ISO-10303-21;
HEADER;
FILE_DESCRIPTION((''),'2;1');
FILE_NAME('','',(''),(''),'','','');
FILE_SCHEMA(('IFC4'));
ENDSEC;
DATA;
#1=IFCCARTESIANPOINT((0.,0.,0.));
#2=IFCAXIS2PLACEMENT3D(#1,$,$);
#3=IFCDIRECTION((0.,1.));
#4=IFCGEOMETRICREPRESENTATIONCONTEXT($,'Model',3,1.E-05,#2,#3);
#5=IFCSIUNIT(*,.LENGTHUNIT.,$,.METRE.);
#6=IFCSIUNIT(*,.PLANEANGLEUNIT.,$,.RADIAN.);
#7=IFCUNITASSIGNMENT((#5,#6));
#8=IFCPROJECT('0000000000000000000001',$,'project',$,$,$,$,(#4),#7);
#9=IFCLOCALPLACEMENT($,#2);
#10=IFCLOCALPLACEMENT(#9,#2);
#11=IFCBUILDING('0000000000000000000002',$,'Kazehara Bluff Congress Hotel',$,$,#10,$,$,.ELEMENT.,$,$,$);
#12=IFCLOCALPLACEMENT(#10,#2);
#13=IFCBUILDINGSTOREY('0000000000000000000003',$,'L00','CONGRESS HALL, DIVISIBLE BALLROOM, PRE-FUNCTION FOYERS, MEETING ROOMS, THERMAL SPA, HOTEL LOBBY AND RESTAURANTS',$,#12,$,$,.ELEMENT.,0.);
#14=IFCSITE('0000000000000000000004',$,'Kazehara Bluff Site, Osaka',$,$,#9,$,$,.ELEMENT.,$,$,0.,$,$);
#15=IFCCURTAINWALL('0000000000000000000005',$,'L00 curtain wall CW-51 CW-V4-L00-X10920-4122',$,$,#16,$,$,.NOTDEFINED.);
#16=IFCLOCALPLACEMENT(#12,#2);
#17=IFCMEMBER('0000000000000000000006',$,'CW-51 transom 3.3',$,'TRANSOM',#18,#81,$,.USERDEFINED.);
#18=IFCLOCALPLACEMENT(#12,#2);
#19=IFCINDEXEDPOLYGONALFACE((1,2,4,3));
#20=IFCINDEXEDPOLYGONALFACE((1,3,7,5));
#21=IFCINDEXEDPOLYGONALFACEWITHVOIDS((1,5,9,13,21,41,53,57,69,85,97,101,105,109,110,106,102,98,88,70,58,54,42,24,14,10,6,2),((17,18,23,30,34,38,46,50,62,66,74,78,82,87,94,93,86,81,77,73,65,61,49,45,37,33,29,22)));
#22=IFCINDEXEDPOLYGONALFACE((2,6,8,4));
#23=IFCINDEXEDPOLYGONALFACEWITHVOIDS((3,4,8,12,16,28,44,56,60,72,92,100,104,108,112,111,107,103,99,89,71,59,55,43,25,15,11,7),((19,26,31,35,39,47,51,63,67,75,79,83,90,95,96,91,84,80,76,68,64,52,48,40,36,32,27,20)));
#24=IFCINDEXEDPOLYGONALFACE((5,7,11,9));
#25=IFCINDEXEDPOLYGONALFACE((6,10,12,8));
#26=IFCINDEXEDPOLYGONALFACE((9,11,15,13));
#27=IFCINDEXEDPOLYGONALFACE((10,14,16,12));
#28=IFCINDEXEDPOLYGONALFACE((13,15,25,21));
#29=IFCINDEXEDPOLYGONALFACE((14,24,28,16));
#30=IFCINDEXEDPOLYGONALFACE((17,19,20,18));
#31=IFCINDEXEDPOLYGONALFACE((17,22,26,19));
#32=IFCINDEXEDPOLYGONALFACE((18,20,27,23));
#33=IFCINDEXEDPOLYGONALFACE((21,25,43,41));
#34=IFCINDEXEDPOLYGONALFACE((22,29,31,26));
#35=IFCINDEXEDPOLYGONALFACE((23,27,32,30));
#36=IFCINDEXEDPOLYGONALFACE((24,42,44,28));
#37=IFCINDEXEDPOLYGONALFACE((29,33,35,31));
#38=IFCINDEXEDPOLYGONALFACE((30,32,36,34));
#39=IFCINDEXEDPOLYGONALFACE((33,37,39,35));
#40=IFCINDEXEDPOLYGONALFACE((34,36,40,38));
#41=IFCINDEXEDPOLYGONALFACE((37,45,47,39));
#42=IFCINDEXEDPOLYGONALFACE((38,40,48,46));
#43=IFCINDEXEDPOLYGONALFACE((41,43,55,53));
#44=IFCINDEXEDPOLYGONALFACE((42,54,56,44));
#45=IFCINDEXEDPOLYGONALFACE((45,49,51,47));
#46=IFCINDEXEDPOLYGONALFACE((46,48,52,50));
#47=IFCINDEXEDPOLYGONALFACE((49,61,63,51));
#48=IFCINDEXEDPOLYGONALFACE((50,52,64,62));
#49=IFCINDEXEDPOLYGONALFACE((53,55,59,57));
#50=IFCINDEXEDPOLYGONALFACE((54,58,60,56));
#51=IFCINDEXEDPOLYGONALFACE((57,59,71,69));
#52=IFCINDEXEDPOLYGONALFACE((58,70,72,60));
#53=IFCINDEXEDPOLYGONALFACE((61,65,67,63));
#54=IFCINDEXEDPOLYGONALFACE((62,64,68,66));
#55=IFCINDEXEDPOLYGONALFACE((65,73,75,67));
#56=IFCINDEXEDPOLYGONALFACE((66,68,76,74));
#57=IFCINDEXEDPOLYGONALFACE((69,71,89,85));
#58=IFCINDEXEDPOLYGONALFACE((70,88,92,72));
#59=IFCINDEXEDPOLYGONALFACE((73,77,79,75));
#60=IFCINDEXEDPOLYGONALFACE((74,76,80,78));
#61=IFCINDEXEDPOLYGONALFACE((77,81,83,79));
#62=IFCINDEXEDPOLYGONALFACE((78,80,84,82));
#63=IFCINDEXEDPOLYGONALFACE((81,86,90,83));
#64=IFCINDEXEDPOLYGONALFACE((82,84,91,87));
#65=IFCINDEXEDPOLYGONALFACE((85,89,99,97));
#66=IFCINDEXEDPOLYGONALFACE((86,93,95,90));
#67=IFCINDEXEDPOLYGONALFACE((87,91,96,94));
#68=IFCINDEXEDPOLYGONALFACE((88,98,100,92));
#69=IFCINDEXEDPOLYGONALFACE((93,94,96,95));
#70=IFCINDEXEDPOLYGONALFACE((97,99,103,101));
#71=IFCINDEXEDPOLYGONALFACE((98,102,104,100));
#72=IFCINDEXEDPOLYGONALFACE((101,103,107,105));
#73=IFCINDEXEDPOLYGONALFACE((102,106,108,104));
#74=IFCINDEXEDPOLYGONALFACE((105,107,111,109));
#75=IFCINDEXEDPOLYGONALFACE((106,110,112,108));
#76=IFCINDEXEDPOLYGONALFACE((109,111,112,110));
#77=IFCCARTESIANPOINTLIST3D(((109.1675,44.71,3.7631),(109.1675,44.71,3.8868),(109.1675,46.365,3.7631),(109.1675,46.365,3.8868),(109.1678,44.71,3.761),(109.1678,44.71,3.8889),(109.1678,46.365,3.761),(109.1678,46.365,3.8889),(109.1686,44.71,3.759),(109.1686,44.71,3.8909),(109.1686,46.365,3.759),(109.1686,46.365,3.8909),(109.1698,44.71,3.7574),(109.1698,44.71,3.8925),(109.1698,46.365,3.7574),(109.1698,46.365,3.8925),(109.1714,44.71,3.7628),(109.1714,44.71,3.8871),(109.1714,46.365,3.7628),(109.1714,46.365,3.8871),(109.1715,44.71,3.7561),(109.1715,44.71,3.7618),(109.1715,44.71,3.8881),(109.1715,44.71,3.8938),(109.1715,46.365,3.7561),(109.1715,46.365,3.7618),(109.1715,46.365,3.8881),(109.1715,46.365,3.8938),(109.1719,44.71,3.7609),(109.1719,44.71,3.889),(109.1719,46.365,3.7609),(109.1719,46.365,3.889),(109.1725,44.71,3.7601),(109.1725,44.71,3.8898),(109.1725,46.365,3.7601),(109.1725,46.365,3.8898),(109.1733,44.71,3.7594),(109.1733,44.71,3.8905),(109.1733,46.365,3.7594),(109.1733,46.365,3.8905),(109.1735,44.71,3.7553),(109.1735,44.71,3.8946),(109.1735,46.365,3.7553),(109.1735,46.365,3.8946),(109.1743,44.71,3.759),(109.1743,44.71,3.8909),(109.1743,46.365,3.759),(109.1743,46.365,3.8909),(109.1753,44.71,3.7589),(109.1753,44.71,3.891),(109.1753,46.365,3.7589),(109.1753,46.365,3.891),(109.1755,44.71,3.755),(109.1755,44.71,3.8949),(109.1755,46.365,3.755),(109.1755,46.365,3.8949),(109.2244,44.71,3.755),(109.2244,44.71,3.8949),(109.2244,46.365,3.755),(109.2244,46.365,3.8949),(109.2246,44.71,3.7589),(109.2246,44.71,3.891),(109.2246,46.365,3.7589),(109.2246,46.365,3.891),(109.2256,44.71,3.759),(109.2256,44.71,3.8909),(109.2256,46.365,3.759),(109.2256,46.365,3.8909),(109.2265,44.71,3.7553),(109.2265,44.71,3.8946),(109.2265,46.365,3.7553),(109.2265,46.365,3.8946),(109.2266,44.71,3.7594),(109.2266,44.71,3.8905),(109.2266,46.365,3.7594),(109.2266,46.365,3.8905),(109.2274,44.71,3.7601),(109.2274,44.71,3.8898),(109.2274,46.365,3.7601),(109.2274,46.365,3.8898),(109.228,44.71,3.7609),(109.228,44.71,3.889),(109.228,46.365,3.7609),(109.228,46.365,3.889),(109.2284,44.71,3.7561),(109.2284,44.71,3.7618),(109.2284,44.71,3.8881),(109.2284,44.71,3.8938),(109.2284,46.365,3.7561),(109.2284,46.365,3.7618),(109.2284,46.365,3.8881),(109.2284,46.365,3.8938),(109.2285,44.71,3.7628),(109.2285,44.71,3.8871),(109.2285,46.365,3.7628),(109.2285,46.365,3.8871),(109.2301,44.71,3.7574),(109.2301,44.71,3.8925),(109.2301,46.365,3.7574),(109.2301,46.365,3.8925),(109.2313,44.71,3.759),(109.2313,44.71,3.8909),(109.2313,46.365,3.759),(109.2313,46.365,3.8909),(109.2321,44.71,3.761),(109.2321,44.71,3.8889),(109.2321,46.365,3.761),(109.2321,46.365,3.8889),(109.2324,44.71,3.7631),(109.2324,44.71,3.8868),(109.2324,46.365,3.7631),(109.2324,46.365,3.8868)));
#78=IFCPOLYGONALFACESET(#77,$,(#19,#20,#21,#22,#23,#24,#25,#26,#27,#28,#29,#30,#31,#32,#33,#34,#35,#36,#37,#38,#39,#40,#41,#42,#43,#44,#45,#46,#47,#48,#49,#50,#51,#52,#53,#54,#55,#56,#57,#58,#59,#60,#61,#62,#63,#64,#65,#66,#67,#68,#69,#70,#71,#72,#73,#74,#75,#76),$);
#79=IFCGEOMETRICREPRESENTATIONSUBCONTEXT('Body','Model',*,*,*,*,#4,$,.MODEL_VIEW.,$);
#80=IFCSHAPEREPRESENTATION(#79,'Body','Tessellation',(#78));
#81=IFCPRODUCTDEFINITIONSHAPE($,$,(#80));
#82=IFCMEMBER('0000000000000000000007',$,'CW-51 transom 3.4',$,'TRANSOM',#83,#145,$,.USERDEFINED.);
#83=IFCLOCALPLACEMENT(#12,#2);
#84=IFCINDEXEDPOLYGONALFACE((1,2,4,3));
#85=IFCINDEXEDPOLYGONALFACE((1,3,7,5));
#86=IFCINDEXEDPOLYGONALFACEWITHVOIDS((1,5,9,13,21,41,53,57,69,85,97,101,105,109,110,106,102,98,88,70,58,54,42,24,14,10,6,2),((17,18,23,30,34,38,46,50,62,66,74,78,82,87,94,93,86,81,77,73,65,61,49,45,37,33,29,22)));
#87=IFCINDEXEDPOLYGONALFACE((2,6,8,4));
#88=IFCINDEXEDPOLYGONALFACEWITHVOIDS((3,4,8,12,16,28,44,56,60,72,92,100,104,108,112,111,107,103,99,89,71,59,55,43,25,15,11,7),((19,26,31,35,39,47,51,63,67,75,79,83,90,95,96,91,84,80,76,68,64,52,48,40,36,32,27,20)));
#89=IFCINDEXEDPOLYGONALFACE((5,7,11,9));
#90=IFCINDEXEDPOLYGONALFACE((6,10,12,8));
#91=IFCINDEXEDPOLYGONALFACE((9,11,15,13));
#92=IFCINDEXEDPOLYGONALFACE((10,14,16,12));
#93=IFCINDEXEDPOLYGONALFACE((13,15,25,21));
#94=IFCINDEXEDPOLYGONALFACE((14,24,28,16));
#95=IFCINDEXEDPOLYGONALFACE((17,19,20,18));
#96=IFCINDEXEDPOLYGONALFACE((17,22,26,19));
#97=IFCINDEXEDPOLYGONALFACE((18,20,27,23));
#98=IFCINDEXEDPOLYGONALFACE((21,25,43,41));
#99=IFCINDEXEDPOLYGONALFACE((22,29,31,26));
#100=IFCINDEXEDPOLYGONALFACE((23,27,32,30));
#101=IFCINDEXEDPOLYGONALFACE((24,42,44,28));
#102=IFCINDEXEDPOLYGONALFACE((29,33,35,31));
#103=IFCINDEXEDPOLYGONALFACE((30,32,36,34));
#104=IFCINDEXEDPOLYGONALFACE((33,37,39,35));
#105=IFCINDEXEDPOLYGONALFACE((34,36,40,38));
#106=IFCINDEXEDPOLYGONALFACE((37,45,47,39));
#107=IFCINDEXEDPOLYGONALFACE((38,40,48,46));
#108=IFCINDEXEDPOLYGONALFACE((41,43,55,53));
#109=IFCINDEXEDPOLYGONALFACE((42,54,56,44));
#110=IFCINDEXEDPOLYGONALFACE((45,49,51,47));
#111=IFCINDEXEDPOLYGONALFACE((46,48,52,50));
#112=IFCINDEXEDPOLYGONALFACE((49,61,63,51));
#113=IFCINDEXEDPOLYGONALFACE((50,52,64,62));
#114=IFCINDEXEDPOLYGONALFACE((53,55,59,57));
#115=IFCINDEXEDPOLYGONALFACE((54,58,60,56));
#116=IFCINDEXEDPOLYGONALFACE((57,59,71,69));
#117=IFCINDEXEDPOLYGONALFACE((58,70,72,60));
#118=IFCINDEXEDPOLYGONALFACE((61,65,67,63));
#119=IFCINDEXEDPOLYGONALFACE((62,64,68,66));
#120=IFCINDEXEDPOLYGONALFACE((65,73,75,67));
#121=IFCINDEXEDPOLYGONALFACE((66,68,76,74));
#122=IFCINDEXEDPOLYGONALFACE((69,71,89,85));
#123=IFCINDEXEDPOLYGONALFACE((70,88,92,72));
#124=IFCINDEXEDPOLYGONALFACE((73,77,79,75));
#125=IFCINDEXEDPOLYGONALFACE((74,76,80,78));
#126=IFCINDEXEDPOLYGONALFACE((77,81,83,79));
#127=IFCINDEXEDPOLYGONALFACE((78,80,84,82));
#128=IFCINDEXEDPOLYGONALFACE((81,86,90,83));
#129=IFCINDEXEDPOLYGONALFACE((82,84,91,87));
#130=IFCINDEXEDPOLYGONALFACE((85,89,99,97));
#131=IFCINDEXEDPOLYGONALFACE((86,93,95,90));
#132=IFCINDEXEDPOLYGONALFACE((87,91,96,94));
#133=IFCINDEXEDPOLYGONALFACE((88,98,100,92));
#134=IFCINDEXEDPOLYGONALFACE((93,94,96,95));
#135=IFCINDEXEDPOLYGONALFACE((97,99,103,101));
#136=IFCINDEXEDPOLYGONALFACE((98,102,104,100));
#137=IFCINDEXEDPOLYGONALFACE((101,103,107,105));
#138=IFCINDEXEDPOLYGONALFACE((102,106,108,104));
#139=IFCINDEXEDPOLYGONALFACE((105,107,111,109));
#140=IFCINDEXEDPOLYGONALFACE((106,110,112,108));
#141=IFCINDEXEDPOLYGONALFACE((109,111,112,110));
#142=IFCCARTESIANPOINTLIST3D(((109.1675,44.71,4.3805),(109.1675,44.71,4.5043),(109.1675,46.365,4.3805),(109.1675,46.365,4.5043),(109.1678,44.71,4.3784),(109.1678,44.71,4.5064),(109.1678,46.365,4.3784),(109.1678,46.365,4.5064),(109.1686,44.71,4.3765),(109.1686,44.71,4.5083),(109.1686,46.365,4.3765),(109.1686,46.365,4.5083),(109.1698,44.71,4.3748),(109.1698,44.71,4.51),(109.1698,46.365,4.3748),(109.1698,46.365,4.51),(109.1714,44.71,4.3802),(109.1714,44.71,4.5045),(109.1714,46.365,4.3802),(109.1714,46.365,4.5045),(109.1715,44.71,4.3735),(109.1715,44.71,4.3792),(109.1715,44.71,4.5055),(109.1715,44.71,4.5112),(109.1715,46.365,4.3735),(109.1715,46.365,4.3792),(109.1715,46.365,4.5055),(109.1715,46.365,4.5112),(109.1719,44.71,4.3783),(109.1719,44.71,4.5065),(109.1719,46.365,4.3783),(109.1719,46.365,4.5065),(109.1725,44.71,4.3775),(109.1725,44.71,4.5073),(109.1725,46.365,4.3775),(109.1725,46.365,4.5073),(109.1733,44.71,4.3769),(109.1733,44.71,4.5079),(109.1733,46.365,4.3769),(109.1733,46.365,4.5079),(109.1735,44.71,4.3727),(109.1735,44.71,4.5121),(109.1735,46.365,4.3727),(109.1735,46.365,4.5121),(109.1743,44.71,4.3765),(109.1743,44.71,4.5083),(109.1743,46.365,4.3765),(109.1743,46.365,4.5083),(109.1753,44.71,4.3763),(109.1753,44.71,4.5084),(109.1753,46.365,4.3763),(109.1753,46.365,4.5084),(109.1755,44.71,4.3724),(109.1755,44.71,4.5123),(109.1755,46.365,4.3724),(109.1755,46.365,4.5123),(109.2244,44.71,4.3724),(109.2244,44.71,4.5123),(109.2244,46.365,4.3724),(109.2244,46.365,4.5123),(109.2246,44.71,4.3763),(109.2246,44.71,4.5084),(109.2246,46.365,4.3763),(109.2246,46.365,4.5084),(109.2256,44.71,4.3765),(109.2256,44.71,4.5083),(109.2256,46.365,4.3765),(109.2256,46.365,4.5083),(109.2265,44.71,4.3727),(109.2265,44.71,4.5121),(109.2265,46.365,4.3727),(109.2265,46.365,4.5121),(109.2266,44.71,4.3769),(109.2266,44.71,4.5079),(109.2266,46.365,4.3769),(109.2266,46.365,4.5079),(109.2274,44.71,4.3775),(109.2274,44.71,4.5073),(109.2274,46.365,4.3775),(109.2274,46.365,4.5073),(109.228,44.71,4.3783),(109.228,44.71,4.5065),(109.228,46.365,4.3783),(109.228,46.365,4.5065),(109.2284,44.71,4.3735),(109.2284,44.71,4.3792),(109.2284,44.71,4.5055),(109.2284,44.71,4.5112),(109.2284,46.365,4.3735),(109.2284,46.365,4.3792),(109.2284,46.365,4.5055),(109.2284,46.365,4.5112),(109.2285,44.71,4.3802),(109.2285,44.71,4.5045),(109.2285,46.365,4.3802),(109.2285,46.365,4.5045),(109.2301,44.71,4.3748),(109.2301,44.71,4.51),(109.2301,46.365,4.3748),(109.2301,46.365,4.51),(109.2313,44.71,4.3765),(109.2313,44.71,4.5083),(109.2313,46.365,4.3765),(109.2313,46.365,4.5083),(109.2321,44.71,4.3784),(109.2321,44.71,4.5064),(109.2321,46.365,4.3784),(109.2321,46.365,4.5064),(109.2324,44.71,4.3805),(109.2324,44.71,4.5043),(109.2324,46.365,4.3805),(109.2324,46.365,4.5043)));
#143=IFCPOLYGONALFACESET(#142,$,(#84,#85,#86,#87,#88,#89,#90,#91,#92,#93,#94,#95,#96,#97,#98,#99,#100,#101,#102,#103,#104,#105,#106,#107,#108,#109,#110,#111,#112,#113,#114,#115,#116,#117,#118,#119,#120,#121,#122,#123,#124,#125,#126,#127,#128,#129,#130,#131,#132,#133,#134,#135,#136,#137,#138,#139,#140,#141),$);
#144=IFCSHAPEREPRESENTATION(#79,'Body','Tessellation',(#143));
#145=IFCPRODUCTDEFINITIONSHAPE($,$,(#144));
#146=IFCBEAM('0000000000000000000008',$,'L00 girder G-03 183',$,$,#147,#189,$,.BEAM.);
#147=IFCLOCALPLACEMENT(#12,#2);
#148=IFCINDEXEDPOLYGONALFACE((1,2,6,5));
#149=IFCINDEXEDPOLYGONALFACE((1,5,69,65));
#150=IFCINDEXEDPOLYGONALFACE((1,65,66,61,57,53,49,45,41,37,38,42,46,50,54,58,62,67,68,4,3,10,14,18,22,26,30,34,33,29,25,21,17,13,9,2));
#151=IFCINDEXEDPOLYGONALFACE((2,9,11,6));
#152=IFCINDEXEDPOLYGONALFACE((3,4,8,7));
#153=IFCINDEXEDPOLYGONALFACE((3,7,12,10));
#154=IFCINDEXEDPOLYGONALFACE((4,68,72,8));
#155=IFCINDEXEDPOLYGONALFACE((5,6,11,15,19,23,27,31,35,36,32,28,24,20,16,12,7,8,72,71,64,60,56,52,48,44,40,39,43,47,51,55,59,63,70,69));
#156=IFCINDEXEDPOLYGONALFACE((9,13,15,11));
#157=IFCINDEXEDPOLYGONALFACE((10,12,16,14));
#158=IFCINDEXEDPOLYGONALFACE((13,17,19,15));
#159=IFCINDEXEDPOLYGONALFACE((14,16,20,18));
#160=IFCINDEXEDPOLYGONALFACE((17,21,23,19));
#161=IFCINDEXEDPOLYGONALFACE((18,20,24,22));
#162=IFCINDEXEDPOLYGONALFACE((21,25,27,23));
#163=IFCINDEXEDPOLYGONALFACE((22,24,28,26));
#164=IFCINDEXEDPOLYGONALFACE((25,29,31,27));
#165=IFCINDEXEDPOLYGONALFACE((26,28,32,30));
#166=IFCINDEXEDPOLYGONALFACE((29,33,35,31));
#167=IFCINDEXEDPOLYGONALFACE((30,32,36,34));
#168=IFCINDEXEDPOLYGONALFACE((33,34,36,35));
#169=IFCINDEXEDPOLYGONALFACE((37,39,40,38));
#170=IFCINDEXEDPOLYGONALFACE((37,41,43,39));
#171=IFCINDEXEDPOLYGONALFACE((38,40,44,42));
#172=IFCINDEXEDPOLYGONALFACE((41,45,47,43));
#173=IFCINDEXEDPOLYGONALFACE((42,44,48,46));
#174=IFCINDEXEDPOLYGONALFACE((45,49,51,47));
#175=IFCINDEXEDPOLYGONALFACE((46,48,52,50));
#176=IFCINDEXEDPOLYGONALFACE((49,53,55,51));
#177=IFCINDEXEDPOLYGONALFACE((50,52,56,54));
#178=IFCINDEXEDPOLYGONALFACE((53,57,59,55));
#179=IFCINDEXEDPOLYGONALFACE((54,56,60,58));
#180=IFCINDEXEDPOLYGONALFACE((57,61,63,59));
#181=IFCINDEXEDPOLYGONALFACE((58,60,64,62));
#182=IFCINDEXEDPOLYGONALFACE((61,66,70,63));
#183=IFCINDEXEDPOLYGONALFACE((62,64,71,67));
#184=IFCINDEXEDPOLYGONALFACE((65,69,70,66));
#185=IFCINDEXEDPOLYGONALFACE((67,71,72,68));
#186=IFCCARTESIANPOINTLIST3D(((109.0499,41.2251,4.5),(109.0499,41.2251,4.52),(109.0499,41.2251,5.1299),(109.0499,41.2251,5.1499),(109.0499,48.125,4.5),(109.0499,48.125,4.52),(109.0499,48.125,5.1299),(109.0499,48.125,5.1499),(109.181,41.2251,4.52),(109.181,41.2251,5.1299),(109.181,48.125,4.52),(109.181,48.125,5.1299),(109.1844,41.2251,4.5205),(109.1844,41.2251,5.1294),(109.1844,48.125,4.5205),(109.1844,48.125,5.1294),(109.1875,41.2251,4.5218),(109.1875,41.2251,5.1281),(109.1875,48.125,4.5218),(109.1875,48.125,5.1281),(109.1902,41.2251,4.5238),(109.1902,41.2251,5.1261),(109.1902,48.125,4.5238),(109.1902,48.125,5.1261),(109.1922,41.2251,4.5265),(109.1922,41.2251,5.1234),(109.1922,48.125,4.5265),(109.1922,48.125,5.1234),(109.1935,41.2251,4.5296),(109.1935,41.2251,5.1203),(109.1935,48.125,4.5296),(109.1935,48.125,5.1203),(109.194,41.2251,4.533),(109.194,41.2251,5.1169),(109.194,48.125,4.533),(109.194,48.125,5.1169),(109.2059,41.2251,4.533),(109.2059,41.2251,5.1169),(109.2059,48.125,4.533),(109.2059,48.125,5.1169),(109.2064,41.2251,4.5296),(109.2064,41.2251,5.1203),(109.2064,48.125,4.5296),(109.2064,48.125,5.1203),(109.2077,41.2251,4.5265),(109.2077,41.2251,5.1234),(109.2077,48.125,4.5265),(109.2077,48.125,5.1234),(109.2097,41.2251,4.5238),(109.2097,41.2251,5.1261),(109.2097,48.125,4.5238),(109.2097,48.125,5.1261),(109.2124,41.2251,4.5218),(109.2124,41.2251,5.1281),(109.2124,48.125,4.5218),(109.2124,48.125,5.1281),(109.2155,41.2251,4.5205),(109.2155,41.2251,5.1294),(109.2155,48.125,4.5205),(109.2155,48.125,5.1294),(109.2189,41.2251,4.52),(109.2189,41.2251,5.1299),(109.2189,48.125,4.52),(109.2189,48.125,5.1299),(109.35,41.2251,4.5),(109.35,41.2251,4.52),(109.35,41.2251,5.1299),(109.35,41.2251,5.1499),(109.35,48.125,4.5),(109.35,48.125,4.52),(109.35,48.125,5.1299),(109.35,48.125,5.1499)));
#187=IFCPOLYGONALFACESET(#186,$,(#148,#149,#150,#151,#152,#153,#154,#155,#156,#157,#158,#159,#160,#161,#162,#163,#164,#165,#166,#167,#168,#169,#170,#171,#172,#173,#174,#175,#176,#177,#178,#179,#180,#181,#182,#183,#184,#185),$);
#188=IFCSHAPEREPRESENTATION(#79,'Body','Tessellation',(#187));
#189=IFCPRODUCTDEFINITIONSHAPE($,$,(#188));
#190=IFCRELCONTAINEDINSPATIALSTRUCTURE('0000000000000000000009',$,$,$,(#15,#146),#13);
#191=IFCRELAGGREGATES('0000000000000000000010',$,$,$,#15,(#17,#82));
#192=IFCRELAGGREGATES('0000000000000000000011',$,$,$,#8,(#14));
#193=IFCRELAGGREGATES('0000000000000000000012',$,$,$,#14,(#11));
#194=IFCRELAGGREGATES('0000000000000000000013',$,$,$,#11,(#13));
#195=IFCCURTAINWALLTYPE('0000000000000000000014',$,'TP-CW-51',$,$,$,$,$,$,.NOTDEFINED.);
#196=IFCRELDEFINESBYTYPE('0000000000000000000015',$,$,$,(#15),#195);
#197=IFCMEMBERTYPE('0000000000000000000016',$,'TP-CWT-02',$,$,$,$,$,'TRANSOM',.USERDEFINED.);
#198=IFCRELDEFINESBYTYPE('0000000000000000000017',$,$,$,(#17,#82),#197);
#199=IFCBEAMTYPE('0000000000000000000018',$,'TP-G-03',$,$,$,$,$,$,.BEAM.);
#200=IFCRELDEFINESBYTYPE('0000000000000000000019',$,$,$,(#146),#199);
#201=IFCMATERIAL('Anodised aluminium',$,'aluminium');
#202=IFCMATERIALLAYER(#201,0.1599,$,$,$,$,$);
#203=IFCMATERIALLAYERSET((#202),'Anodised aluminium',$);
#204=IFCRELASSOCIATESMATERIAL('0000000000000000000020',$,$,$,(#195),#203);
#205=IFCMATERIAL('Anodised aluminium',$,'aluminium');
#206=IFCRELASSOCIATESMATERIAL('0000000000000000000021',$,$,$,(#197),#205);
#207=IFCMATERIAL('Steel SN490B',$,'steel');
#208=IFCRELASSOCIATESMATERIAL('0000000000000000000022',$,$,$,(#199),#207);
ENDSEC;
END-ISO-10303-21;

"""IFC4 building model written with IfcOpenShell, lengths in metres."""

from ifc_helpers import new_model, si_unit, direction, frame, origin, origin_2d, place, context, subcontext, project, spatial, hollow_rectangle, i_section, extrude, material, layer, layer_set, material_profile, profile_set, type_object, element, aggregate, save


model = new_model("IFC4")

# Units and contexts
model_context = context("Model", 3, precision=1e-05, world=origin(), true_north=direction((0.0, 1.0)))
body_context = subcontext(model_context, "Body", "Model", "MODEL_VIEW")
ifc_project = project(units=[si_unit("LENGTHUNIT", "METRE"), si_unit("PLANEANGLEUNIT", "RADIAN")], contexts=[model_context])

# Site, building, storey
site_placement = place(None, origin())
site = spatial("IfcSite", under=ifc_project, at=site_placement, Name="Kazehara Bluff Site, Osaka", CompositionType="ELEMENT", RefElevation=0.0)
building_placement = place(site_placement, origin())
building = spatial("IfcBuilding", under=site, at=building_placement, Name="Kazehara Bluff Congress Hotel", CompositionType="ELEMENT")
storey_placement = place(building_placement, origin())
storey = spatial("IfcBuildingStorey", under=building, at=storey_placement, Name="L00", Description="CONGRESS HALL, DIVISIBLE BALLROOM, PRE-FUNCTION FOYERS, MEETING ROOMS, THERMAL SPA, HOTEL LOBBY AND RESTAURANTS", CompositionType="ELEMENT", Elevation=0.0)

# Curtain wall
ifc_material_1 = material(Name="Anodised aluminium", Category="aluminium")
ifc_layer_1 = layer(ifc_material_1, 0.1599)
ifc_layer_set_1 = layer_set([ifc_layer_1], Name="Anodised aluminium")
curtain_wall_type_1 = type_object("IfcCurtainWallType", Name="TP-CW-51", PredefinedType="NOTDEFINED", material=ifc_layer_set_1)
curtain_wall_1_placement = place(storey_placement, origin())
curtain_wall_1 = element("IfcCurtainWall", 1, at=curtain_wall_1_placement, inside=storey, type_object=curtain_wall_type_1, Name="L00 curtain wall CW-51 CW-V4-L00-X10920-4122", PredefinedType="NOTDEFINED")

# Members
ifc_material_2 = material(Name="Anodised aluminium", Category="aluminium")
ifc_material_profile_1 = material_profile(ifc_material_2, hollow_rectangle(XDim=0.0649, YDim=0.1399, WallThickness=0.0039, InnerFilletRadius=0.0039, OuterFilletRadius=0.0081, at=origin_2d()))
ifc_profile_set_1 = profile_set([ifc_material_profile_1], Name="Anodised aluminium")
member_type_1 = type_object("IfcMemberType", Name="TP-CWT-02", ElementType="TRANSOM", PredefinedType="USERDEFINED", material=ifc_profile_set_1)
member_1_placement = place(storey_placement, frame((109.2, 44.71, 3.825), z_axis=(0.0, 1.0, 0.0), x_axis=(-1.0, 0.0, 0.0)))
member_1 = element("IfcMember", 2, at=member_1_placement, type_object=member_type_1, Name="CW-51 transom 3.3", ObjectType="TRANSOM", PredefinedType="USERDEFINED", context=body_context, shape_type="SweptSolid", body=[
    extrude(hollow_rectangle(XDim=0.0649, YDim=0.1399, WallThickness=0.0039, InnerFilletRadius=0.0039, OuterFilletRadius=0.0081, at=origin_2d()), origin(), (0.0, 0.0, 1.0), 1.655),
])
member_2_placement = place(storey_placement, frame((109.2, 44.71, 4.4424), z_axis=(0.0, 1.0, 0.0), x_axis=(-1.0, 0.0, 0.0)))
member_2 = element("IfcMember", 3, at=member_2_placement, type_object=member_type_1, Name="CW-51 transom 3.4", ObjectType="TRANSOM", PredefinedType="USERDEFINED", context=body_context, shape_type="SweptSolid", body=[
    extrude(hollow_rectangle(XDim=0.0649, YDim=0.1399, WallThickness=0.0039, InnerFilletRadius=0.0039, OuterFilletRadius=0.0081, at=origin_2d()), origin(), (0.0, 0.0, 1.0), 1.655),
])

# Beam
ifc_material_3 = material(Name="Steel SN490B", Category="steel")
ifc_material_profile_2 = material_profile(ifc_material_3, i_section(OverallWidth=0.3, OverallDepth=0.6499, WebThickness=0.012, FlangeThickness=0.02, FilletRadius=0.0129, at=origin_2d()))
ifc_profile_set_2 = profile_set([ifc_material_profile_2], Name="Steel SN490B")
beam_type = type_object("IfcBeamType", Name="TP-G-03", PredefinedType="BEAM", material=ifc_profile_set_2)
beam_placement = place(storey_placement, frame((109.2, 41.2251, 4.825), z_axis=(0.0, 1.0, 0.0), x_axis=(-1.0, 0.0, 0.0)))
element("IfcBeam", 4, at=beam_placement, inside=storey, type_object=beam_type, Name="L00 girder G-03 183", PredefinedType="BEAM", context=body_context, shape_type="SweptSolid", body=[
    extrude(i_section(OverallWidth=0.3, OverallDepth=0.6499, WebThickness=0.012, FlangeThickness=0.02, FilletRadius=0.0129, at=origin_2d()), origin(), (0.0, 0.0, 1.0), 6.8999),
])

aggregate(curtain_wall_1, [member_1, member_2])

save(model, "model.ifc")
